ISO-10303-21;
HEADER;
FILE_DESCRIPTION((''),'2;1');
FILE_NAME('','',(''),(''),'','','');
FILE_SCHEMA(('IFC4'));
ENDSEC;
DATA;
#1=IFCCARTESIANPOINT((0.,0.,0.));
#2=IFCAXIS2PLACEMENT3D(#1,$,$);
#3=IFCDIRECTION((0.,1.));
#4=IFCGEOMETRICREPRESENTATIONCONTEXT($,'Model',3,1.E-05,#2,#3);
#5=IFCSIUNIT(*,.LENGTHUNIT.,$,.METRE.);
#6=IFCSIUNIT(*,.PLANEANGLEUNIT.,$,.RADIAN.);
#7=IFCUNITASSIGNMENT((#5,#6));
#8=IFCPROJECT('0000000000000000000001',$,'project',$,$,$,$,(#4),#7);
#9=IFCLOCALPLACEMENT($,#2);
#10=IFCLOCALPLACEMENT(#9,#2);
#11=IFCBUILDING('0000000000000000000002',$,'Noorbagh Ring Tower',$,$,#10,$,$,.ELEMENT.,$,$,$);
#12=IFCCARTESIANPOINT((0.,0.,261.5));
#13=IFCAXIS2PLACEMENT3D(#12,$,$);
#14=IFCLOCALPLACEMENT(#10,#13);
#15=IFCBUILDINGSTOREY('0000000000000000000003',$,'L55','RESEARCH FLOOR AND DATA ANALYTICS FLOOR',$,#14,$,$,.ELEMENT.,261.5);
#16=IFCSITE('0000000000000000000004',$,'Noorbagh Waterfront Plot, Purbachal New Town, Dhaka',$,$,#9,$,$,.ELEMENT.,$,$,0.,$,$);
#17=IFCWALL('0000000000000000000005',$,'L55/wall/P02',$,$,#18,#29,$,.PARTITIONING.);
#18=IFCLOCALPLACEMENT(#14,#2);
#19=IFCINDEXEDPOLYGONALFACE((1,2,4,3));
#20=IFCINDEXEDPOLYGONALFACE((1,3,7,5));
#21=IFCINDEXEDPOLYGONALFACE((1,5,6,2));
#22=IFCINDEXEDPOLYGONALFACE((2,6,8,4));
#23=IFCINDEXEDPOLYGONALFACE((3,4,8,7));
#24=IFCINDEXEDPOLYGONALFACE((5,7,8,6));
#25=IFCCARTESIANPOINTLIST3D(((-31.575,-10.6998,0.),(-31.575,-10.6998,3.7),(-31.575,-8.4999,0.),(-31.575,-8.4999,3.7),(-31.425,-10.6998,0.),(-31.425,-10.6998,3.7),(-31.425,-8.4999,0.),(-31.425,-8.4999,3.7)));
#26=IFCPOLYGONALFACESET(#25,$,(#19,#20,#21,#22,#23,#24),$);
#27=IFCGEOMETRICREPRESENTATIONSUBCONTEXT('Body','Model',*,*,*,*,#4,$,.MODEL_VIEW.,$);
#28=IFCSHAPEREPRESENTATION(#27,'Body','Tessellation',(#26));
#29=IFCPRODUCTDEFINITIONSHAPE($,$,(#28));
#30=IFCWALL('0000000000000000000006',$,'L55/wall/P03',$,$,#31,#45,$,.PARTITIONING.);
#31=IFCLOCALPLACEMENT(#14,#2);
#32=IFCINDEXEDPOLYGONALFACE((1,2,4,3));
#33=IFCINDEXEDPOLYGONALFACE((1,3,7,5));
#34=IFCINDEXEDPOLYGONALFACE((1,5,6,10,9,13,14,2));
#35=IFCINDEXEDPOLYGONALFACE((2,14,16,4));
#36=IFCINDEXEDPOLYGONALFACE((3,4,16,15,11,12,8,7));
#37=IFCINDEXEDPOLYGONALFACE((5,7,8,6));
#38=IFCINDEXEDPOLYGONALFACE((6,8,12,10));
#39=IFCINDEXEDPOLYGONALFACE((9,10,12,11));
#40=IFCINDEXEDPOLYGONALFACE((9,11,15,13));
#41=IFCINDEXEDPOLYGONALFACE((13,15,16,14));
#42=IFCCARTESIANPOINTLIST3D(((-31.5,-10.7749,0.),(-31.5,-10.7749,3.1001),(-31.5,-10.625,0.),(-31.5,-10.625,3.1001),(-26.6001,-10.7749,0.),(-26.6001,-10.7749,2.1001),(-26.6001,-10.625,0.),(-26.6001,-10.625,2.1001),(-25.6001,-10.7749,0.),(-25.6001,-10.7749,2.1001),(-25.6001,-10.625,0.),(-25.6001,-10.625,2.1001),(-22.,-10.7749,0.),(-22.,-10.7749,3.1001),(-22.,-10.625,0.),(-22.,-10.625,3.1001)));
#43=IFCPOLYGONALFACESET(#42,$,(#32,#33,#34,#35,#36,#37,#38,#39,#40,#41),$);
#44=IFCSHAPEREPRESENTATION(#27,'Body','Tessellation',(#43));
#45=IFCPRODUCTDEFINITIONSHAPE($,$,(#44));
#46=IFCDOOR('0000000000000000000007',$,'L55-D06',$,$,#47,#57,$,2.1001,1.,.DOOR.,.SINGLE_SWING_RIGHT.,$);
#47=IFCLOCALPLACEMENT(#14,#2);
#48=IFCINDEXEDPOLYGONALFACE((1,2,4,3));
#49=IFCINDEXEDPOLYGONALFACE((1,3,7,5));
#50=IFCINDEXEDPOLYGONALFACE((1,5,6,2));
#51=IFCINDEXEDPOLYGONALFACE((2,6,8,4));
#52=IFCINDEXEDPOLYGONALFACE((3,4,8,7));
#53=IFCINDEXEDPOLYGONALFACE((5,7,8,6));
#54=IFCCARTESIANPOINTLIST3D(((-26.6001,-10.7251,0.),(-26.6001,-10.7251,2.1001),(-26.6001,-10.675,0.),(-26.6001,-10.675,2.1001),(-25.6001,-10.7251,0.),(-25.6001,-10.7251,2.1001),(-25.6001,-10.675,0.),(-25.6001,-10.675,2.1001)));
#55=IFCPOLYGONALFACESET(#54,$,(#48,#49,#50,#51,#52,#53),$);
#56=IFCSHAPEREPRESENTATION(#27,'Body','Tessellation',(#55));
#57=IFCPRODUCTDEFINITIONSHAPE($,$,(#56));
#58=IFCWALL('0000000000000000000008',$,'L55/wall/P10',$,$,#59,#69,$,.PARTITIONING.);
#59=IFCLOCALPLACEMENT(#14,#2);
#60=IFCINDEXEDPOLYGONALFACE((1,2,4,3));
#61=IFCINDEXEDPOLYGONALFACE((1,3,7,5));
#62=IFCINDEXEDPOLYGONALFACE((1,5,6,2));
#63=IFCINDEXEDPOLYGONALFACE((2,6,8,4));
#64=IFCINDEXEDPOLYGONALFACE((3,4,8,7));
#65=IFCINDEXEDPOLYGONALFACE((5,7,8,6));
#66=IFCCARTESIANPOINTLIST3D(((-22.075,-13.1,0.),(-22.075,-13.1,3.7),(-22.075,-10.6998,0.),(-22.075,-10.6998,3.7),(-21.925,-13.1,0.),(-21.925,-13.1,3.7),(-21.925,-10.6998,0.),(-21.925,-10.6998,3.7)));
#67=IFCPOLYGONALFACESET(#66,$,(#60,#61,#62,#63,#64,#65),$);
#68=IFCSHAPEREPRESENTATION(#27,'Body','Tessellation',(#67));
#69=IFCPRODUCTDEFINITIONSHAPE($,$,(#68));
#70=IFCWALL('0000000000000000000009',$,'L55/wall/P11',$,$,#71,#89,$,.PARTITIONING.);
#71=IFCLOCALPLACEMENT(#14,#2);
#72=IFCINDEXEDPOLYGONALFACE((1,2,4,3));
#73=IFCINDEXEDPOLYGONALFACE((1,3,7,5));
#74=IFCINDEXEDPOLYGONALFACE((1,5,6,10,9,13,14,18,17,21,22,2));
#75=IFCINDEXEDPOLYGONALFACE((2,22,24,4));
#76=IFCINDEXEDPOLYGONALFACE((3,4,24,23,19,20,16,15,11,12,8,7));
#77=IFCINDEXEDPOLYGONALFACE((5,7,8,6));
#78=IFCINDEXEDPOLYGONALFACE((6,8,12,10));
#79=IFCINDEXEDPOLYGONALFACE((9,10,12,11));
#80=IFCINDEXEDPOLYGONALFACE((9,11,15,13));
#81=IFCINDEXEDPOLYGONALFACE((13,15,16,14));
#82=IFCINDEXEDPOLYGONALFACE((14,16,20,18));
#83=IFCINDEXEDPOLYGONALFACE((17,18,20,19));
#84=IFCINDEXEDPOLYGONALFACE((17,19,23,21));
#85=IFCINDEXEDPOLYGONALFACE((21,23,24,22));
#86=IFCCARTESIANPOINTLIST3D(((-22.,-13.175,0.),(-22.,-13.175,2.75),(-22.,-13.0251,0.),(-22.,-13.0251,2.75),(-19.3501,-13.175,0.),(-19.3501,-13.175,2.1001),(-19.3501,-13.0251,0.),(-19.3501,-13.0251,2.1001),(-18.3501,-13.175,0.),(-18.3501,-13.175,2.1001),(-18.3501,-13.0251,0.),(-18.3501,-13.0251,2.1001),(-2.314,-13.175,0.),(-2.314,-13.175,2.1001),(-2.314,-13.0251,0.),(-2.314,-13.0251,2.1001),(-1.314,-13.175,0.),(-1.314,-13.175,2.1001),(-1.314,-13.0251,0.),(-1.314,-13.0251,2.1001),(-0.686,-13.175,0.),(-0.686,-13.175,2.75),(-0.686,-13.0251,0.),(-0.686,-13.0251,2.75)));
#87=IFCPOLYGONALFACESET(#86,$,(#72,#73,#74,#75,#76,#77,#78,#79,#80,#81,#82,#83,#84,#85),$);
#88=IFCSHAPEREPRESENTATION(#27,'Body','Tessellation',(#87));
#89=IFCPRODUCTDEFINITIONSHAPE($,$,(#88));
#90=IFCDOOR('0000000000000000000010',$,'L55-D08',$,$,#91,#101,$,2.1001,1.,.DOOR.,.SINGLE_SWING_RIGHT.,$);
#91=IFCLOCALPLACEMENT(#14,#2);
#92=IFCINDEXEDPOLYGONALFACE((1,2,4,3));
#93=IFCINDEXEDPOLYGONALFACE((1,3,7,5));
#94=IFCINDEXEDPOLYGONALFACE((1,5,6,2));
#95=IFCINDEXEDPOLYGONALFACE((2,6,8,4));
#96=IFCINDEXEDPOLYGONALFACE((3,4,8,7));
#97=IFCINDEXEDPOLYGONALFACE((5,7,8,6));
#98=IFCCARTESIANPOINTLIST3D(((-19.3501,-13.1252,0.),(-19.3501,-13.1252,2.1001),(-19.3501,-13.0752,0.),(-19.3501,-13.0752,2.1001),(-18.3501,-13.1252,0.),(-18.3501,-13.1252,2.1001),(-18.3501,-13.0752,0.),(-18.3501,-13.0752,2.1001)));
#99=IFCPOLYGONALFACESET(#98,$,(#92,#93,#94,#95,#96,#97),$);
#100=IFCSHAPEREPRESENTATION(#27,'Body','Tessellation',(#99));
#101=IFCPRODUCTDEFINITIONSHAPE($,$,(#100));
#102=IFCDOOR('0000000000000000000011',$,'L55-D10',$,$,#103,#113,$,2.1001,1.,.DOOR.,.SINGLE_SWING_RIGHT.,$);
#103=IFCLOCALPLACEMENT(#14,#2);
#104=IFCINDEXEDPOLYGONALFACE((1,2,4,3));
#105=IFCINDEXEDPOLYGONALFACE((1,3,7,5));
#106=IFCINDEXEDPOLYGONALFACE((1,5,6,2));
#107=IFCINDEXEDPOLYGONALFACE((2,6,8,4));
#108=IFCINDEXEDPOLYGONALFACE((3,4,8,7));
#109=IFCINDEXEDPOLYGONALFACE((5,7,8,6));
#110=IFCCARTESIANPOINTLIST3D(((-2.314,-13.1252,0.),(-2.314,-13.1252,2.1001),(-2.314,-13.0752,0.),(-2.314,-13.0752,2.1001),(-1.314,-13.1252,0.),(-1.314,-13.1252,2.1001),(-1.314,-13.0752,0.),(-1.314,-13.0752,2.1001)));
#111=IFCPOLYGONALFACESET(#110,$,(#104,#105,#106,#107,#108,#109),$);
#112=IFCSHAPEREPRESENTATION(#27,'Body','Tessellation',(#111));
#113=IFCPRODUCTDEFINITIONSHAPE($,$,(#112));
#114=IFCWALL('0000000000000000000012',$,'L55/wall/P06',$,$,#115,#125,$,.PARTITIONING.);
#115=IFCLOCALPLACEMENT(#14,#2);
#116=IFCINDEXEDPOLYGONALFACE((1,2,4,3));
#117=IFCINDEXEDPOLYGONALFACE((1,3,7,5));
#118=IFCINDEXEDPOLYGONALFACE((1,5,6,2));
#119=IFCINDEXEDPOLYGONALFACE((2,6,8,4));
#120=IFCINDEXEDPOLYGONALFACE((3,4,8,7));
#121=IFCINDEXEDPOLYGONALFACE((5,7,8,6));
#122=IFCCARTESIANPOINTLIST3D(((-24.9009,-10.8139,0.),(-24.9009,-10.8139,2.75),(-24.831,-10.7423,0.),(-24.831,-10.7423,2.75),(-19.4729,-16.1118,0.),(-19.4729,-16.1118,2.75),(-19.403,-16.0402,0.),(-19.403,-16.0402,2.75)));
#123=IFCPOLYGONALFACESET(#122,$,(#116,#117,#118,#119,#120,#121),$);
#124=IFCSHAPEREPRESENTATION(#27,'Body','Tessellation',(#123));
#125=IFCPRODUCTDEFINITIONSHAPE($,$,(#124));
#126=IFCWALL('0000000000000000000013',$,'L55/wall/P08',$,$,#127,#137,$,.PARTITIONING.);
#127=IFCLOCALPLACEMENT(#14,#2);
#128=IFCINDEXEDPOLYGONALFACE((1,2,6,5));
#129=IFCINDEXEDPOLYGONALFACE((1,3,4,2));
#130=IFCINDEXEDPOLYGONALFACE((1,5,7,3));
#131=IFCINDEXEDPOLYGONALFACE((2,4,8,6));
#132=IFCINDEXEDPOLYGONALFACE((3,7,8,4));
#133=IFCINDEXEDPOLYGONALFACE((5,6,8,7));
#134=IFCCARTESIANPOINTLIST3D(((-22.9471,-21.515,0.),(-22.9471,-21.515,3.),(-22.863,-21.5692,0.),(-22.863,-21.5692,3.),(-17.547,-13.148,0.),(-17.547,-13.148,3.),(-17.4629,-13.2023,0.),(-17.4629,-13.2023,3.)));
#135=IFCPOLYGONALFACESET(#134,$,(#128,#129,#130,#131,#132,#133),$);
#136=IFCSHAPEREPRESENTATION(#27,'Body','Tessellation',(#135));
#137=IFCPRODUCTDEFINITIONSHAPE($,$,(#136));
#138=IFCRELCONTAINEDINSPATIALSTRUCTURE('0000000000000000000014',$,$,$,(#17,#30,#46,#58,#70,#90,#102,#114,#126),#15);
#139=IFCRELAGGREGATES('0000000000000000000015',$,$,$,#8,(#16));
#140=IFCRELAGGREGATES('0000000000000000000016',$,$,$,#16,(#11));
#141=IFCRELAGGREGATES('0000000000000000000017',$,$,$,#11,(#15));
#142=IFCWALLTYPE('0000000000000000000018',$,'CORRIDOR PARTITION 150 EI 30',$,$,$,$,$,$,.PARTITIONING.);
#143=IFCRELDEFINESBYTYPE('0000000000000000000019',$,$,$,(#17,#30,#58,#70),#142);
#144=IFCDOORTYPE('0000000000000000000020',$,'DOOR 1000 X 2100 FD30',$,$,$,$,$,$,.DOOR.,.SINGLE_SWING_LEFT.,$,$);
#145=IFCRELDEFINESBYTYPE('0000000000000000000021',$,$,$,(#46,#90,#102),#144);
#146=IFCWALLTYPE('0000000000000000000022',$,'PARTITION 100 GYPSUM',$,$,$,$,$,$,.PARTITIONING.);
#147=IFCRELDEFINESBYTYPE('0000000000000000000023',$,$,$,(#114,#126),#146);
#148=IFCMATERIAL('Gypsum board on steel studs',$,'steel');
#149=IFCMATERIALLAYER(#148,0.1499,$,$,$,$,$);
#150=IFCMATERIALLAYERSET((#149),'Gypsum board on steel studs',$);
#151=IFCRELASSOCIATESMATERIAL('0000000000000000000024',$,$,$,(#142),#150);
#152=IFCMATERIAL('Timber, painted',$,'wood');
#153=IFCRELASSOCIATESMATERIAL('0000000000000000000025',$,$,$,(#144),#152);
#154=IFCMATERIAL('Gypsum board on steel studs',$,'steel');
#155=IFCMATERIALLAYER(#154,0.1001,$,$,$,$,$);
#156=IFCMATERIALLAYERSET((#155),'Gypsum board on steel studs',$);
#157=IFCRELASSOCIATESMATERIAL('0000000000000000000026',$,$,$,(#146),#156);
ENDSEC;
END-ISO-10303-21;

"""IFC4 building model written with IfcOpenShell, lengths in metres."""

from ifc_helpers import new_model, si_unit, direction, frame, frame_2d, origin, place, context, subcontext, project, spatial, rectangle, extrude, material, layer, layer_set, type_object, element, fill, save


model = new_model("IFC4")

# Units and contexts
model_context = context("Model", 3, precision=1e-05, world=origin(), true_north=direction((0.0, 1.0)))
body_context = subcontext(model_context, "Body", "Model", "MODEL_VIEW")
ifc_project = project(units=[si_unit("LENGTHUNIT", "METRE"), si_unit("PLANEANGLEUNIT", "RADIAN")], contexts=[model_context])

# Site, building, storey
site_placement = place(None, origin())
site = spatial("IfcSite", under=ifc_project, at=site_placement, Name="Noorbagh Waterfront Plot, Purbachal New Town, Dhaka", CompositionType="ELEMENT", RefElevation=0.0)
building_placement = place(site_placement, origin())
building = spatial("IfcBuilding", under=site, at=building_placement, Name="Noorbagh Ring Tower", CompositionType="ELEMENT")
storey_placement = place(building_placement, frame((0.0, 0.0, 261.5)))
storey = spatial("IfcBuildingStorey", under=building, at=storey_placement, Name="L55", Description="RESEARCH FLOOR AND DATA ANALYTICS FLOOR", CompositionType="ELEMENT", Elevation=261.5)

# Wall
ifc_material_1 = material(Name="Gypsum board on steel studs", Category="steel")
ifc_layer_1 = layer(ifc_material_1, 0.1499)
ifc_layer_set_1 = layer_set([ifc_layer_1], Name="Gypsum board on steel studs")
wall_type_1 = type_object("IfcWallType", Name="CORRIDOR PARTITION 150 EI 30", PredefinedType="PARTITIONING", material=ifc_layer_set_1)
wall_1_placement = place(storey_placement, frame((-31.5, -10.7, 0.0), z_axis=(0.0, 0.0, 1.0), x_axis=(0.0, 1.0, 0.0)))
element("IfcWall", 1, at=wall_1_placement, inside=storey, type_object=wall_type_1, Name="L55/wall/P02", PredefinedType="PARTITIONING", context=body_context, shape_type="SweptSolid", body=[
    extrude(rectangle(XDim=2.2, YDim=0.1499, at=frame_2d((1.1001, 0.0))), origin(), (0.0, 0.0, 1.0), 3.7),
])

# Wall, opening, door
wall_2_placement = place(storey_placement, frame((-31.5, -10.7, 0.0), z_axis=(0.0, 0.0, 1.0), x_axis=(1.0, 0.0, 0.0)))
wall_2 = element("IfcWall", 2, at=wall_2_placement, inside=storey, type_object=wall_type_1, Name="L55/wall/P03", PredefinedType="PARTITIONING", context=body_context, shape_type="SweptSolid", body=[
    extrude(rectangle(XDim=9.5, YDim=0.1499, at=frame_2d((4.75, 0.0))), origin(), (0.0, 0.0, 1.0), 3.1001),
])
opening_1_placement = place(wall_2_placement, frame((4.8999, 0.0, 0.0)))
opening_1 = element("IfcOpeningElement", 3, at=opening_1_placement, cuts=wall_2, PredefinedType="OPENING", context=body_context, shape_type="SweptSolid", body=[
    extrude(rectangle(XDim=1.0, YDim=2.1001, at=frame_2d((0.5, 1.05))), frame((0.0, 0.085, 0.0), z_axis=(0.0, -1.0, 0.0), x_axis=(1.0, 0.0, 0.0)), (0.0, 0.0, 1.0), 0.1699),
])
ifc_material_2 = material(Name="Timber, painted", Category="wood")
door_type = type_object("IfcDoorType", Name="DOOR 1000 X 2100 FD30", OperationType="SINGLE_SWING_LEFT", PredefinedType="DOOR", material=ifc_material_2)
door_1_placement = place(opening_1_placement, origin())
door_1 = element("IfcDoor", 4, at=door_1_placement, inside=storey, type_object=door_type, Name="L55-D06", OperationType="SINGLE_SWING_RIGHT", OverallHeight=2.1001, OverallWidth=1.0, PredefinedType="DOOR", context=body_context, shape_type="SweptSolid", body=[
    extrude(rectangle(XDim=1.0, YDim=2.1001, at=frame_2d((0.5, 1.05))), frame((0.0, 0.0249, 0.0), z_axis=(0.0, -1.0, 0.0), x_axis=(1.0, 0.0, 0.0)), (0.0, 0.0, 1.0), 0.05),
])
fill(opening_1, door_1)

# Wall
wall_3_placement = place(storey_placement, frame((-22.0, -13.1001, 0.0), z_axis=(0.0, 0.0, 1.0), x_axis=(0.0, 1.0, 0.0)))
element("IfcWall", 5, at=wall_3_placement, inside=storey, type_object=wall_type_1, Name="L55/wall/P10", PredefinedType="PARTITIONING", context=body_context, shape_type="SweptSolid", body=[
    extrude(rectangle(XDim=2.4001, YDim=0.1499, at=frame_2d((1.2002, 0.0))), origin(), (0.0, 0.0, 1.0), 3.7),
])

# Wall, openings, doors
wall_4_placement = place(storey_placement, frame((-22.0, -13.1001, 0.0), z_axis=(0.0, 0.0, 1.0), x_axis=(1.0, 0.0, 0.0)))
wall_4 = element("IfcWall", 6, at=wall_4_placement, inside=storey, type_object=wall_type_1, Name="L55/wall/P11", PredefinedType="PARTITIONING", context=body_context, shape_type="SweptSolid", body=[
    extrude(rectangle(XDim=21.314, YDim=0.1499, at=frame_2d((10.657, 0.0))), origin(), (0.0, 0.0, 1.0), 2.75),
])
opening_2_placement = place(wall_4_placement, frame((2.6499, 0.0, 0.0)))
opening_2 = element("IfcOpeningElement", 7, at=opening_2_placement, cuts=wall_4, PredefinedType="OPENING", context=body_context, shape_type="SweptSolid", body=[
    extrude(rectangle(XDim=1.0, YDim=2.1001, at=frame_2d((0.5, 1.05))), frame((0.0, 0.085, 0.0), z_axis=(0.0, -1.0, 0.0), x_axis=(1.0, 0.0, 0.0)), (0.0, 0.0, 1.0), 0.1699),
])
opening_3_placement = place(wall_4_placement, frame((19.686, 0.0, 0.0)))
opening_3 = element("IfcOpeningElement", 8, at=opening_3_placement, cuts=wall_4, PredefinedType="OPENING", context=body_context, shape_type="SweptSolid", body=[
    extrude(rectangle(XDim=1.0, YDim=2.1001, at=frame_2d((0.5, 1.05))), frame((0.0, 0.085, 0.0), z_axis=(0.0, -1.0, 0.0), x_axis=(1.0, 0.0, 0.0)), (0.0, 0.0, 1.0), 0.1699),
])
door_2_placement = place(opening_2_placement, origin())
door_2 = element("IfcDoor", 9, at=door_2_placement, inside=storey, type_object=door_type, Name="L55-D08", OperationType="SINGLE_SWING_RIGHT", OverallHeight=2.1001, OverallWidth=1.0, PredefinedType="DOOR", context=body_context, shape_type="SweptSolid", body=[
    extrude(rectangle(XDim=1.0, YDim=2.1001, at=frame_2d((0.5, 1.05))), frame((0.0, 0.0249, 0.0), z_axis=(0.0, -1.0, 0.0), x_axis=(1.0, 0.0, 0.0)), (0.0, 0.0, 1.0), 0.05),
])
fill(opening_2, door_2)
door_3_placement = place(opening_3_placement, origin())
door_3 = element("IfcDoor", 10, at=door_3_placement, inside=storey, type_object=door_type, Name="L55-D10", OperationType="SINGLE_SWING_RIGHT", OverallHeight=2.1001, OverallWidth=1.0, PredefinedType="DOOR", context=body_context, shape_type="SweptSolid", body=[
    extrude(rectangle(XDim=1.0, YDim=2.1001, at=frame_2d((0.5, 1.05))), frame((0.0, 0.0249, 0.0), z_axis=(0.0, -1.0, 0.0), x_axis=(1.0, 0.0, 0.0)), (0.0, 0.0, 1.0), 0.05),
])
fill(opening_3, door_3)

# Walls
ifc_material_3 = material(Name="Gypsum board on steel studs", Category="steel")
ifc_layer_2 = layer(ifc_material_3, 0.1001)
ifc_layer_set_2 = layer_set([ifc_layer_2], Name="Gypsum board on steel studs")
wall_type_2 = type_object("IfcWallType", Name="PARTITION 100 GYPSUM", PredefinedType="PARTITIONING", material=ifc_layer_set_2)
wall_5_placement = place(storey_placement, frame((-24.866, -10.7781, 0.0), z_axis=(0.0, 0.0, 1.0), x_axis=(0.715633, -0.698477, 0.0)))
element("IfcWall", 11, at=wall_5_placement, inside=storey, type_object=wall_type_2, Name="L55/wall/P06", PredefinedType="PARTITIONING", context=body_context, shape_type="SweptSolid", body=[
    extrude(rectangle(XDim=7.585, YDim=0.1001, at=frame_2d((3.7925, 0.0))), origin(), (0.0, 0.0, 1.0), 2.75),
])
wall_6_placement = place(storey_placement, frame((-22.905, -21.542, 0.0), z_axis=(0.0, 0.0, 1.0), x_axis=(0.542277, 0.8402, 0.0)))
element("IfcWall", 12, at=wall_6_placement, inside=storey, type_object=wall_type_2, Name="L55/wall/P08", PredefinedType="PARTITIONING", context=body_context, shape_type="SweptSolid", body=[
    extrude(rectangle(XDim=9.9583, YDim=0.1001, at=frame_2d((4.979, 0.0))), origin(), (0.0, 0.0, 1.0), 3.0),
])

save(model, "model.ifc")
